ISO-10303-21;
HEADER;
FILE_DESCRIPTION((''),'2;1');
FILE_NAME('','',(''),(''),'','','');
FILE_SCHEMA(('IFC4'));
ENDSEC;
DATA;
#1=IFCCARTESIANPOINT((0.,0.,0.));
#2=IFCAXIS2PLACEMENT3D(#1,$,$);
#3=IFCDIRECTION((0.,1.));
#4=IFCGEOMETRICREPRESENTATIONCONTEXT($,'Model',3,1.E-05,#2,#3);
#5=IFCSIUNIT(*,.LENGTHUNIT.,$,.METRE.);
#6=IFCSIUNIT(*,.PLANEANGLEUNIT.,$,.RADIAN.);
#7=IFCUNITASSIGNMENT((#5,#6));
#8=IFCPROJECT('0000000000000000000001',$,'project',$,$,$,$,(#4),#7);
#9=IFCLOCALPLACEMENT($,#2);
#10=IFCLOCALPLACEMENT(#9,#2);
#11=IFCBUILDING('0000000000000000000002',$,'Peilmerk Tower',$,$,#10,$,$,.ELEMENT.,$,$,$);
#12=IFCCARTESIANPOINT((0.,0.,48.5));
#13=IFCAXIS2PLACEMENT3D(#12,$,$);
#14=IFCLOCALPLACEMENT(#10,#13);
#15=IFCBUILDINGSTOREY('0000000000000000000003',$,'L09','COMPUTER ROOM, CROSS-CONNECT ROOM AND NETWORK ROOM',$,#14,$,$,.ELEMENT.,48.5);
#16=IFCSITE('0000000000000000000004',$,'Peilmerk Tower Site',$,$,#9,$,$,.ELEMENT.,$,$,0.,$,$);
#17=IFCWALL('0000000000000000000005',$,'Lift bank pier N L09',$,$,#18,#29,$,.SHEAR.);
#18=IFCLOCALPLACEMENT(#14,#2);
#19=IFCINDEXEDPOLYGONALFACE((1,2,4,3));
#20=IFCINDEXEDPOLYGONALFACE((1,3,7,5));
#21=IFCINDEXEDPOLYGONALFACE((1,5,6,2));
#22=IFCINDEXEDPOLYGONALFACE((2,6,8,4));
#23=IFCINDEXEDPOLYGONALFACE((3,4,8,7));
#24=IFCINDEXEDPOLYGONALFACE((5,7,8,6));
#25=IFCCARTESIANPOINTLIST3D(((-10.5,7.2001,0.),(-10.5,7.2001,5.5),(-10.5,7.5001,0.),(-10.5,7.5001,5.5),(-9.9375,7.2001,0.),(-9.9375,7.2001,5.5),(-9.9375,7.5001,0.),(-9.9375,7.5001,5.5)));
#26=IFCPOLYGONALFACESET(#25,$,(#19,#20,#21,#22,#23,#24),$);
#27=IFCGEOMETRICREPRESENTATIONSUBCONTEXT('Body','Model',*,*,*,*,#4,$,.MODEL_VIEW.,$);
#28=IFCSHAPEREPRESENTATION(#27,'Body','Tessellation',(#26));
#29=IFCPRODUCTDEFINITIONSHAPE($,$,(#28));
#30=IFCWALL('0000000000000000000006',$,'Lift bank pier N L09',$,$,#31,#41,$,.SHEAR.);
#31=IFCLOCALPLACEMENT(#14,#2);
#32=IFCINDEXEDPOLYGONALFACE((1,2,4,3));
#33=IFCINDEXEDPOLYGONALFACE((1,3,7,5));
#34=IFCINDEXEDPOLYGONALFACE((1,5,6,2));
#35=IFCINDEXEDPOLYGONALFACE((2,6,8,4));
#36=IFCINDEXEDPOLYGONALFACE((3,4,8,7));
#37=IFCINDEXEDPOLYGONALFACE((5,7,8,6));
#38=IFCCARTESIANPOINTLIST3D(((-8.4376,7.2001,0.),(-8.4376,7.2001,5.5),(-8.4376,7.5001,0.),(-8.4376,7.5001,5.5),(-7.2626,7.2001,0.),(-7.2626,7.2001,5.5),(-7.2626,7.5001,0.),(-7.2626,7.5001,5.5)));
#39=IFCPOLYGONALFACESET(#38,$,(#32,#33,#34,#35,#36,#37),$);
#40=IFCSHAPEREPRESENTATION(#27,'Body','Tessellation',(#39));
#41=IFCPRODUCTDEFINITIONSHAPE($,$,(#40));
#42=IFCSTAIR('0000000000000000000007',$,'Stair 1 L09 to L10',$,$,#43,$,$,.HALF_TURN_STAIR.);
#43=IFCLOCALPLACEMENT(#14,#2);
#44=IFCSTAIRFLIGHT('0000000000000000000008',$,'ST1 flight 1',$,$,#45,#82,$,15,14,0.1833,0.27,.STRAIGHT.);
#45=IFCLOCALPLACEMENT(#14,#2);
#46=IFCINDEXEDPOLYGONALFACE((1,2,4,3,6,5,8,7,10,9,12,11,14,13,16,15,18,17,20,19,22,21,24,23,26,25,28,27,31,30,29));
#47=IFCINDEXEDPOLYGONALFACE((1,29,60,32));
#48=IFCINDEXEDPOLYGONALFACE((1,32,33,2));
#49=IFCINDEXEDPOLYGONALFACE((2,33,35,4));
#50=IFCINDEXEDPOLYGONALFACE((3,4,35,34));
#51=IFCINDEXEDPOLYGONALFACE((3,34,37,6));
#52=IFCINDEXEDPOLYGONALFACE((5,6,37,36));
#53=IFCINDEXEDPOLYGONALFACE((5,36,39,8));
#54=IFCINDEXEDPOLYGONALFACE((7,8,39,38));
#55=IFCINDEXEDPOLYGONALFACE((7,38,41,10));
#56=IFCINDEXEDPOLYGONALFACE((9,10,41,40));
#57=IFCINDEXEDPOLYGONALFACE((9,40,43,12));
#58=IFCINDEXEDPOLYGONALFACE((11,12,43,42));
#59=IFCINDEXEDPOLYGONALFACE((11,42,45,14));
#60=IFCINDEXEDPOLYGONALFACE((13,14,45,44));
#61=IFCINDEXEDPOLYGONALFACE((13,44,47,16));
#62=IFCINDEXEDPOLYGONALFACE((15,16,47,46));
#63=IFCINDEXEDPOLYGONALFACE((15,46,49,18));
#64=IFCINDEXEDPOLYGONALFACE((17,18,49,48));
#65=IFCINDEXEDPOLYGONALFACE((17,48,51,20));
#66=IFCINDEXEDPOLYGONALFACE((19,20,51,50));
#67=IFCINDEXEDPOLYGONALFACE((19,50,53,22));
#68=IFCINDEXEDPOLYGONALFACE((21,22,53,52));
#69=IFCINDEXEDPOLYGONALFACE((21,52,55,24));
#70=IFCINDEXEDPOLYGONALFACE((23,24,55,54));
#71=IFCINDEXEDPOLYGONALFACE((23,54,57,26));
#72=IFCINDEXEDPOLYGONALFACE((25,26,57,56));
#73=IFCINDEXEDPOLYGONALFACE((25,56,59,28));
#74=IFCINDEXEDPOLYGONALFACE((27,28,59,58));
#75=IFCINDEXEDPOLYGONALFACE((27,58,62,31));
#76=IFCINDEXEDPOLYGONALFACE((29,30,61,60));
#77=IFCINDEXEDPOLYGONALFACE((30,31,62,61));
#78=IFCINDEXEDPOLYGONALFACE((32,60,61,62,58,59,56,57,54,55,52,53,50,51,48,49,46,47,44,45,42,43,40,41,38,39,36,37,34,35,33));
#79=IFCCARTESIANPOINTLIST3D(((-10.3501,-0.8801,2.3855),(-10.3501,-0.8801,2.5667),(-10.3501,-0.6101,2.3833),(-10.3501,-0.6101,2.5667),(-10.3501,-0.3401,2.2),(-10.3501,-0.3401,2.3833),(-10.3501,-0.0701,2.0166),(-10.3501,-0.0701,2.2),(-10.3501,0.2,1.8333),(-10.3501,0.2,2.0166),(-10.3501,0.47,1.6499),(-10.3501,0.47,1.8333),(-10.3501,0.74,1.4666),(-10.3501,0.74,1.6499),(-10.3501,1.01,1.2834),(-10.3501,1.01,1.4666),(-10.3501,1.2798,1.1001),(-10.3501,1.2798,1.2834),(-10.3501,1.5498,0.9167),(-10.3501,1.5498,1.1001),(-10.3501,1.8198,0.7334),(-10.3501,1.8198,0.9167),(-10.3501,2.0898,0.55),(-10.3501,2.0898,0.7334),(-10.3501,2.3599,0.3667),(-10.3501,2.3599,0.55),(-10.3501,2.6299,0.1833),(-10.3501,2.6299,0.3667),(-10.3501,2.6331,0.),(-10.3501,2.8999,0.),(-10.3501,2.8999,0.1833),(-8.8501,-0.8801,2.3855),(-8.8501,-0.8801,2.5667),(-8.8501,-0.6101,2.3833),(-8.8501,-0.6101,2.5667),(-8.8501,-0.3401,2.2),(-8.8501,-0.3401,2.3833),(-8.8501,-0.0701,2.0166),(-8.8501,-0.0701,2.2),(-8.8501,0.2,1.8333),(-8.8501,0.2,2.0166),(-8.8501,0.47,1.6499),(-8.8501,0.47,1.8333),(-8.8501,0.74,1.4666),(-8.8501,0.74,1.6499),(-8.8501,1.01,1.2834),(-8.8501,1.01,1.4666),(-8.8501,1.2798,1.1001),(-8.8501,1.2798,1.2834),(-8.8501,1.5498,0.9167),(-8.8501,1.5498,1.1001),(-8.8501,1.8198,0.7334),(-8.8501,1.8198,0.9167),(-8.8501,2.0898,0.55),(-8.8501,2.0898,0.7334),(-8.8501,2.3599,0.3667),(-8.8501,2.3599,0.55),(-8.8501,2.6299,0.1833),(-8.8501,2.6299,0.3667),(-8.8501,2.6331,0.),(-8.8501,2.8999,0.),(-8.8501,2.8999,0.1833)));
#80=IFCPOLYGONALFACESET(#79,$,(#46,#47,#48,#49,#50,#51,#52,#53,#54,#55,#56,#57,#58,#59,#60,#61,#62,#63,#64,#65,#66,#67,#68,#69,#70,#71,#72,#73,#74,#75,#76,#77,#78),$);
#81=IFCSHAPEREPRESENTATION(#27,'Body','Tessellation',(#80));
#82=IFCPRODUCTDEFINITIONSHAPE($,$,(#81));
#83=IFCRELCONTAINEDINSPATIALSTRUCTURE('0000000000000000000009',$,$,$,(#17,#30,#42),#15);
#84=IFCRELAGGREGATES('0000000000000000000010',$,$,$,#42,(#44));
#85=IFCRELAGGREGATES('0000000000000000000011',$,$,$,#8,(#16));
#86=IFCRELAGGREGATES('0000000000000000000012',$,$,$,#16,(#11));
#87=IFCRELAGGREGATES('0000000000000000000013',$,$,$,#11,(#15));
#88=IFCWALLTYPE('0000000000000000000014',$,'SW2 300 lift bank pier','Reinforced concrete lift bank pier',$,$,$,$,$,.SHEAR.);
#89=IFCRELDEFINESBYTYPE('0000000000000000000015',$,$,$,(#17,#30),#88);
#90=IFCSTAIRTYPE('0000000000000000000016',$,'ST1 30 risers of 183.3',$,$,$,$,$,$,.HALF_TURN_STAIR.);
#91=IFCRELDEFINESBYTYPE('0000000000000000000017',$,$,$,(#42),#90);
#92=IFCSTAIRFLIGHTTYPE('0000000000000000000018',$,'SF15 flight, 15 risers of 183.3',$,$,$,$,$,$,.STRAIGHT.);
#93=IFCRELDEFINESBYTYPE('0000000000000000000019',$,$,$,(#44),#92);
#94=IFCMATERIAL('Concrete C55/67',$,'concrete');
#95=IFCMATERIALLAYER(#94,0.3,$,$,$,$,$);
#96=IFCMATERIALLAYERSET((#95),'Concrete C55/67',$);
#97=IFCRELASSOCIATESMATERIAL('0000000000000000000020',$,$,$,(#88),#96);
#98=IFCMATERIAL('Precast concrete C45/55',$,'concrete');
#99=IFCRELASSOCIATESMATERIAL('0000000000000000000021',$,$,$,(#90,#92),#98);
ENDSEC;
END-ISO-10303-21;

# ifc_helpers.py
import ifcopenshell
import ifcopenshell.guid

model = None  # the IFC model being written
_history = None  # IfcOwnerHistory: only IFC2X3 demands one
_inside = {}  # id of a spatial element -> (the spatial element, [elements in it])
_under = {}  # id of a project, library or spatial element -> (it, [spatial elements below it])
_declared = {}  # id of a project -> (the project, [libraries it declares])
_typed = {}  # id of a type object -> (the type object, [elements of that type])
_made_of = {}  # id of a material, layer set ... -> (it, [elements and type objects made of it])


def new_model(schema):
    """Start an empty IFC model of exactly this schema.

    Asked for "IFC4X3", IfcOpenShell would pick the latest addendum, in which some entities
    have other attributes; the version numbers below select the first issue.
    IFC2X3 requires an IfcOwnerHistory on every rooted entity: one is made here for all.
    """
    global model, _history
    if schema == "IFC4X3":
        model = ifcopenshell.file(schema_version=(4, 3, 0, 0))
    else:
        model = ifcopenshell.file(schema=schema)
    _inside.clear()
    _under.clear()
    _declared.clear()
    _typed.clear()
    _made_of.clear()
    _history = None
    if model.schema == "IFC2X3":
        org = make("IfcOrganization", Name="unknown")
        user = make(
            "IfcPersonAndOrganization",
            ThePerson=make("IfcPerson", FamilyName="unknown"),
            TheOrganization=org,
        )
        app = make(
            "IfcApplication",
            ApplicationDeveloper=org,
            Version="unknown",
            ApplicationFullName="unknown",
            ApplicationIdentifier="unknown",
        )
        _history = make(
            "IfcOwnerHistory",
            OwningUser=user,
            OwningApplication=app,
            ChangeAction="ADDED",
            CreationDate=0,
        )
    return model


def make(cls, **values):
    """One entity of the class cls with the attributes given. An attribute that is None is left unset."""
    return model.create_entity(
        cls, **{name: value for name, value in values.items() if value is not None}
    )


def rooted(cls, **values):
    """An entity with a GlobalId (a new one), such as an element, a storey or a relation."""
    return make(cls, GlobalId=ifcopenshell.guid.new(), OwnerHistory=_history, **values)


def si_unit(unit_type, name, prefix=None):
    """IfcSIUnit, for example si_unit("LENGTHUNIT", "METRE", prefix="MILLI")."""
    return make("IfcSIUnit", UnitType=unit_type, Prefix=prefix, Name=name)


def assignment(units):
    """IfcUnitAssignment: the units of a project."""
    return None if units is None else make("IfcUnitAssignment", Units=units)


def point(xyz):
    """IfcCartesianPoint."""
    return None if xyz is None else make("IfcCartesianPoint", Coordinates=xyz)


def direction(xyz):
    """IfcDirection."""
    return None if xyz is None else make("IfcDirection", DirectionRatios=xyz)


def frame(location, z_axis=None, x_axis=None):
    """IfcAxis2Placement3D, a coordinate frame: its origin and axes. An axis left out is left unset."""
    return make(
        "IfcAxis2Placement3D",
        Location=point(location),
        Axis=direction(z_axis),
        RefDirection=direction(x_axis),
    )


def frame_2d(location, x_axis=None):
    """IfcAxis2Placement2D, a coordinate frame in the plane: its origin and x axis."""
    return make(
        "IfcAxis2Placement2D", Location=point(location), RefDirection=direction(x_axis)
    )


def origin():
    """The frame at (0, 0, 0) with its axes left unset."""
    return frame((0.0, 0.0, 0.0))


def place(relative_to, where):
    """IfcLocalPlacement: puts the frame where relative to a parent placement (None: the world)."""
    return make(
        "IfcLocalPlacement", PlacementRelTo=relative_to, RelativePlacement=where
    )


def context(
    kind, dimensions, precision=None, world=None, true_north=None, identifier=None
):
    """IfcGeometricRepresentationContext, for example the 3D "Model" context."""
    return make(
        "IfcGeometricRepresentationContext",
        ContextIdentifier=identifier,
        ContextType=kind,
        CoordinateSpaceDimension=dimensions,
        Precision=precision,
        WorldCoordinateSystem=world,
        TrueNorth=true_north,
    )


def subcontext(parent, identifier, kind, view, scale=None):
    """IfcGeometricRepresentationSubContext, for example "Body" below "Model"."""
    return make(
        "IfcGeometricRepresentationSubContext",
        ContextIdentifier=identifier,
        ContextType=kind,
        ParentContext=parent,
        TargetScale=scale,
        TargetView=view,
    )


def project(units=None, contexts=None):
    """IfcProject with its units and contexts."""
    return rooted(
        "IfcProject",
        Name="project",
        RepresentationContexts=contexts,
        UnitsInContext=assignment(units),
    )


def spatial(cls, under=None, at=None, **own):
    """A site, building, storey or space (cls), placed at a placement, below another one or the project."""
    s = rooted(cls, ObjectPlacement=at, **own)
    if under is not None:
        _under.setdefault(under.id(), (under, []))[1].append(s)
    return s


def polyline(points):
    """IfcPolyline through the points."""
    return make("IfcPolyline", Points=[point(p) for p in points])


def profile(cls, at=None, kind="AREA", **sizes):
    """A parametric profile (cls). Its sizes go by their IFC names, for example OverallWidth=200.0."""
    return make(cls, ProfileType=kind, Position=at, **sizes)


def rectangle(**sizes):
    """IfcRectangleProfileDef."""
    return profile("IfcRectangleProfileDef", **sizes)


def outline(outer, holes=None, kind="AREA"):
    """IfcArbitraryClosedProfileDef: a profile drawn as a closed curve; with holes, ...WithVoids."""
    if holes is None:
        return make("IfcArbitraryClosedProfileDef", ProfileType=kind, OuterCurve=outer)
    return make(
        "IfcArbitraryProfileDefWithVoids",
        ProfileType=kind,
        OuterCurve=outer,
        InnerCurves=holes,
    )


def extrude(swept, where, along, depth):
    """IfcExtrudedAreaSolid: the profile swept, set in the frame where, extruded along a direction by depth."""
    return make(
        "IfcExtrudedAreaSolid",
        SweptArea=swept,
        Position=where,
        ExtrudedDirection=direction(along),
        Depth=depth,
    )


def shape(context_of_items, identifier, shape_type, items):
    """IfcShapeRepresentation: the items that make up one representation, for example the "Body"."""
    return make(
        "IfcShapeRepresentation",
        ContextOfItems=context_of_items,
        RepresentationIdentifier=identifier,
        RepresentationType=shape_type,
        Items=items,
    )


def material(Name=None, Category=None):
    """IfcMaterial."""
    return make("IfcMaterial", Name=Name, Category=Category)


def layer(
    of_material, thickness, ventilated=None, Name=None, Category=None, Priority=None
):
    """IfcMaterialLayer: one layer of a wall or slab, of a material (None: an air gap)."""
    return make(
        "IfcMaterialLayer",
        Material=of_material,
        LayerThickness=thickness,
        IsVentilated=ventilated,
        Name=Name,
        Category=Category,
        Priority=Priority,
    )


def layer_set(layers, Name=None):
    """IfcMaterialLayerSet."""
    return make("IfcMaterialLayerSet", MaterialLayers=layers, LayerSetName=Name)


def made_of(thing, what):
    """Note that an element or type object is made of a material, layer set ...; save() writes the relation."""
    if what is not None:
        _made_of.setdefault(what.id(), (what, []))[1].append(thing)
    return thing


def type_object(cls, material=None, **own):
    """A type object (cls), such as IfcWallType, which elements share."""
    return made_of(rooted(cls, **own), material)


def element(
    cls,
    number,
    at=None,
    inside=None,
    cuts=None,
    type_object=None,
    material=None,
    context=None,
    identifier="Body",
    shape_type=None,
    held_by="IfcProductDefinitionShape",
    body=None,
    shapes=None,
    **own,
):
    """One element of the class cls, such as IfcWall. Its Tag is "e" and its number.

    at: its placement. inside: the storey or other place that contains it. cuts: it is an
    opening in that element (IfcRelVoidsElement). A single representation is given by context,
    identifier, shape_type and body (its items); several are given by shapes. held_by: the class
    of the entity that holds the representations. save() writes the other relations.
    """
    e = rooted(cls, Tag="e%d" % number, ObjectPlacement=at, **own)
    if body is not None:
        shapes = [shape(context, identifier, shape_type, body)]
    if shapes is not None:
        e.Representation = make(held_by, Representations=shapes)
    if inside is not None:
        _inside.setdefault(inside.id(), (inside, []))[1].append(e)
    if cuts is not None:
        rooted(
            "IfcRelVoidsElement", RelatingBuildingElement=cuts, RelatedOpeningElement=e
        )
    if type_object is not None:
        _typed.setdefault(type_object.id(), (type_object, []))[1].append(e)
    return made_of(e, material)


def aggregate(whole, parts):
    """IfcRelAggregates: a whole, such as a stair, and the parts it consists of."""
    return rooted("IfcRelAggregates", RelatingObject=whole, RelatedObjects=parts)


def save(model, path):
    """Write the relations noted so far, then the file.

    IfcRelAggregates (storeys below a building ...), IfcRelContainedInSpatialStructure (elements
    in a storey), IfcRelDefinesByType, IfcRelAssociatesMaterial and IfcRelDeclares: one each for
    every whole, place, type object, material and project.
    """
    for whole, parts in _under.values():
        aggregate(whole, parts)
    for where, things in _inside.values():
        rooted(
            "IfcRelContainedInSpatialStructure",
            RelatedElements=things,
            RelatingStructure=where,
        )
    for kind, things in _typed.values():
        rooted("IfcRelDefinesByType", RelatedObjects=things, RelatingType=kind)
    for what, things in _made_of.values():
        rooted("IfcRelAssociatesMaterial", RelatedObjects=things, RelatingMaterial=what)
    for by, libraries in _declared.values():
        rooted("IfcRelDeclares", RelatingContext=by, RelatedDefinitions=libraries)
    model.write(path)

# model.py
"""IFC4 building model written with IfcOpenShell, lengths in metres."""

from ifc_helpers import new_model, si_unit, direction, frame, frame_2d, origin, place, context, subcontext, project, spatial, polyline, rectangle, outline, extrude, material, layer, layer_set, type_object, element, aggregate, save


model = new_model("IFC4")

# Units and contexts
model_context = context("Model", 3, precision=1e-05, world=origin(), true_north=direction((0.0, 1.0)))
body_context = subcontext(model_context, "Body", "Model", "MODEL_VIEW")
ifc_project = project(units=[si_unit("LENGTHUNIT", "METRE"), si_unit("PLANEANGLEUNIT", "RADIAN")], contexts=[model_context])

# Site, building, storey
site_placement = place(None, origin())
site = spatial("IfcSite", under=ifc_project, at=site_placement, Name="Peilmerk Tower Site", CompositionType="ELEMENT", RefElevation=0.0)
building_placement = place(site_placement, origin())
building = spatial("IfcBuilding", under=site, at=building_placement, Name="Peilmerk Tower", CompositionType="ELEMENT")
storey_placement = place(building_placement, frame((0.0, 0.0, 48.5)))
storey = spatial("IfcBuildingStorey", under=building, at=storey_placement, Name="L09", Description="COMPUTER ROOM, CROSS-CONNECT ROOM AND NETWORK ROOM", CompositionType="ELEMENT", Elevation=48.5)

# Walls
ifc_material_1 = material(Name="Concrete C55/67", Category="concrete")
ifc_layer_1 = layer(ifc_material_1, 0.3)
ifc_layer_set_1 = layer_set([ifc_layer_1], Name="Concrete C55/67")
wall_type_1 = type_object("IfcWallType", Name="SW2 300 lift bank pier", Description="Reinforced concrete lift bank pier", PredefinedType="SHEAR", material=ifc_layer_set_1)
wall_1_placement = place(storey_placement, frame((-10.5, 7.3501, 0.0), z_axis=(0.0, 0.0, 1.0), x_axis=(1.0, 0.0, 0.0)))
element("IfcWall", 1, at=wall_1_placement, inside=storey, type_object=wall_type_1, Name="Lift bank pier N L09", PredefinedType="SHEAR", context=body_context, shape_type="SweptSolid", body=[
    extrude(rectangle(XDim=0.5625, YDim=0.3, at=frame_2d((0.2812, 0.0))), origin(), (0.0, 0.0, 1.0), 5.5),
])
wall_2_placement = place(storey_placement, frame((-8.4375, 7.3501, 0.0), z_axis=(0.0, 0.0, 1.0), x_axis=(1.0, 0.0, 0.0)))
element("IfcWall", 2, at=wall_2_placement, inside=storey, type_object=wall_type_1, Name="Lift bank pier N L09", PredefinedType="SHEAR", context=body_context, shape_type="SweptSolid", body=[
    extrude(rectangle(XDim=1.175, YDim=0.3, at=frame_2d((0.5874, 0.0))), origin(), (0.0, 0.0, 1.0), 5.5),
])

# Stair, stair flight
ifc_material_2 = material(Name="Precast concrete C45/55", Category="concrete")
stair_type = type_object("IfcStairType", Name="ST1 30 risers of 183.3", PredefinedType="HALF_TURN_STAIR", material=ifc_material_2)
stair_placement = place(storey_placement, origin())
stair = element("IfcStair", 3, at=stair_placement, inside=storey, type_object=stair_type, Name="Stair 1 L09 to L10", PredefinedType="HALF_TURN_STAIR")
stair_flight_type = type_object("IfcStairFlightType", Name="SF15 flight, 15 risers of 183.3", PredefinedType="STRAIGHT", material=ifc_material_2)
stair_flight_placement = place(storey_placement, frame((-9.6001, 2.8999, 0.0), z_axis=(0.0, 0.0, 1.0), x_axis=(0.0, -1.0, 0.0)))
stair_flight = element("IfcStairFlight", 4, at=stair_flight_placement, type_object=stair_flight_type, Name="ST1 flight 1", NumberOfRisers=15, NumberOfTreads=14, PredefinedType="STRAIGHT", RiserHeight=0.1833, TreadLength=0.27, context=body_context, shape_type="SweptSolid", body=[
    extrude(outline(polyline([(0.0, 0.0), (0.0, 0.1833), (0.27, 0.1833), (0.27, 0.3667), (0.54, 0.3667), (0.54, 0.55), (0.8101, 0.55), (0.8101, 0.7334), (1.0801, 0.7334), (1.0801, 0.9167), (1.3501, 0.9167), (1.3501, 1.1001), (1.6201, 1.1001), (1.6201, 1.2834), (1.8899, 1.2834), (1.8899, 1.4666), (2.1599, 1.4666), (2.1599, 1.6499), (2.4299, 1.6499), (2.4299, 1.8333), (2.7, 1.8333), (2.7, 2.0166), (2.97, 2.0166), (2.97, 2.2), (3.24, 2.2), (3.24, 2.3833), (3.51, 2.3833), (3.51, 2.5667), (3.78, 2.5667), (3.78, 2.75), (3.78, 2.3855), (0.2668, 0.0), (0.0, 0.0)])), frame((0.0, 0.75, 0.0), z_axis=(0.0, -1.0, 0.0), x_axis=(1.0, 0.0, 0.0)), (0.0, 0.0, 1.0), 1.5),
])
aggregate(stair, [stair_flight])

save(model, "model.ifc")
